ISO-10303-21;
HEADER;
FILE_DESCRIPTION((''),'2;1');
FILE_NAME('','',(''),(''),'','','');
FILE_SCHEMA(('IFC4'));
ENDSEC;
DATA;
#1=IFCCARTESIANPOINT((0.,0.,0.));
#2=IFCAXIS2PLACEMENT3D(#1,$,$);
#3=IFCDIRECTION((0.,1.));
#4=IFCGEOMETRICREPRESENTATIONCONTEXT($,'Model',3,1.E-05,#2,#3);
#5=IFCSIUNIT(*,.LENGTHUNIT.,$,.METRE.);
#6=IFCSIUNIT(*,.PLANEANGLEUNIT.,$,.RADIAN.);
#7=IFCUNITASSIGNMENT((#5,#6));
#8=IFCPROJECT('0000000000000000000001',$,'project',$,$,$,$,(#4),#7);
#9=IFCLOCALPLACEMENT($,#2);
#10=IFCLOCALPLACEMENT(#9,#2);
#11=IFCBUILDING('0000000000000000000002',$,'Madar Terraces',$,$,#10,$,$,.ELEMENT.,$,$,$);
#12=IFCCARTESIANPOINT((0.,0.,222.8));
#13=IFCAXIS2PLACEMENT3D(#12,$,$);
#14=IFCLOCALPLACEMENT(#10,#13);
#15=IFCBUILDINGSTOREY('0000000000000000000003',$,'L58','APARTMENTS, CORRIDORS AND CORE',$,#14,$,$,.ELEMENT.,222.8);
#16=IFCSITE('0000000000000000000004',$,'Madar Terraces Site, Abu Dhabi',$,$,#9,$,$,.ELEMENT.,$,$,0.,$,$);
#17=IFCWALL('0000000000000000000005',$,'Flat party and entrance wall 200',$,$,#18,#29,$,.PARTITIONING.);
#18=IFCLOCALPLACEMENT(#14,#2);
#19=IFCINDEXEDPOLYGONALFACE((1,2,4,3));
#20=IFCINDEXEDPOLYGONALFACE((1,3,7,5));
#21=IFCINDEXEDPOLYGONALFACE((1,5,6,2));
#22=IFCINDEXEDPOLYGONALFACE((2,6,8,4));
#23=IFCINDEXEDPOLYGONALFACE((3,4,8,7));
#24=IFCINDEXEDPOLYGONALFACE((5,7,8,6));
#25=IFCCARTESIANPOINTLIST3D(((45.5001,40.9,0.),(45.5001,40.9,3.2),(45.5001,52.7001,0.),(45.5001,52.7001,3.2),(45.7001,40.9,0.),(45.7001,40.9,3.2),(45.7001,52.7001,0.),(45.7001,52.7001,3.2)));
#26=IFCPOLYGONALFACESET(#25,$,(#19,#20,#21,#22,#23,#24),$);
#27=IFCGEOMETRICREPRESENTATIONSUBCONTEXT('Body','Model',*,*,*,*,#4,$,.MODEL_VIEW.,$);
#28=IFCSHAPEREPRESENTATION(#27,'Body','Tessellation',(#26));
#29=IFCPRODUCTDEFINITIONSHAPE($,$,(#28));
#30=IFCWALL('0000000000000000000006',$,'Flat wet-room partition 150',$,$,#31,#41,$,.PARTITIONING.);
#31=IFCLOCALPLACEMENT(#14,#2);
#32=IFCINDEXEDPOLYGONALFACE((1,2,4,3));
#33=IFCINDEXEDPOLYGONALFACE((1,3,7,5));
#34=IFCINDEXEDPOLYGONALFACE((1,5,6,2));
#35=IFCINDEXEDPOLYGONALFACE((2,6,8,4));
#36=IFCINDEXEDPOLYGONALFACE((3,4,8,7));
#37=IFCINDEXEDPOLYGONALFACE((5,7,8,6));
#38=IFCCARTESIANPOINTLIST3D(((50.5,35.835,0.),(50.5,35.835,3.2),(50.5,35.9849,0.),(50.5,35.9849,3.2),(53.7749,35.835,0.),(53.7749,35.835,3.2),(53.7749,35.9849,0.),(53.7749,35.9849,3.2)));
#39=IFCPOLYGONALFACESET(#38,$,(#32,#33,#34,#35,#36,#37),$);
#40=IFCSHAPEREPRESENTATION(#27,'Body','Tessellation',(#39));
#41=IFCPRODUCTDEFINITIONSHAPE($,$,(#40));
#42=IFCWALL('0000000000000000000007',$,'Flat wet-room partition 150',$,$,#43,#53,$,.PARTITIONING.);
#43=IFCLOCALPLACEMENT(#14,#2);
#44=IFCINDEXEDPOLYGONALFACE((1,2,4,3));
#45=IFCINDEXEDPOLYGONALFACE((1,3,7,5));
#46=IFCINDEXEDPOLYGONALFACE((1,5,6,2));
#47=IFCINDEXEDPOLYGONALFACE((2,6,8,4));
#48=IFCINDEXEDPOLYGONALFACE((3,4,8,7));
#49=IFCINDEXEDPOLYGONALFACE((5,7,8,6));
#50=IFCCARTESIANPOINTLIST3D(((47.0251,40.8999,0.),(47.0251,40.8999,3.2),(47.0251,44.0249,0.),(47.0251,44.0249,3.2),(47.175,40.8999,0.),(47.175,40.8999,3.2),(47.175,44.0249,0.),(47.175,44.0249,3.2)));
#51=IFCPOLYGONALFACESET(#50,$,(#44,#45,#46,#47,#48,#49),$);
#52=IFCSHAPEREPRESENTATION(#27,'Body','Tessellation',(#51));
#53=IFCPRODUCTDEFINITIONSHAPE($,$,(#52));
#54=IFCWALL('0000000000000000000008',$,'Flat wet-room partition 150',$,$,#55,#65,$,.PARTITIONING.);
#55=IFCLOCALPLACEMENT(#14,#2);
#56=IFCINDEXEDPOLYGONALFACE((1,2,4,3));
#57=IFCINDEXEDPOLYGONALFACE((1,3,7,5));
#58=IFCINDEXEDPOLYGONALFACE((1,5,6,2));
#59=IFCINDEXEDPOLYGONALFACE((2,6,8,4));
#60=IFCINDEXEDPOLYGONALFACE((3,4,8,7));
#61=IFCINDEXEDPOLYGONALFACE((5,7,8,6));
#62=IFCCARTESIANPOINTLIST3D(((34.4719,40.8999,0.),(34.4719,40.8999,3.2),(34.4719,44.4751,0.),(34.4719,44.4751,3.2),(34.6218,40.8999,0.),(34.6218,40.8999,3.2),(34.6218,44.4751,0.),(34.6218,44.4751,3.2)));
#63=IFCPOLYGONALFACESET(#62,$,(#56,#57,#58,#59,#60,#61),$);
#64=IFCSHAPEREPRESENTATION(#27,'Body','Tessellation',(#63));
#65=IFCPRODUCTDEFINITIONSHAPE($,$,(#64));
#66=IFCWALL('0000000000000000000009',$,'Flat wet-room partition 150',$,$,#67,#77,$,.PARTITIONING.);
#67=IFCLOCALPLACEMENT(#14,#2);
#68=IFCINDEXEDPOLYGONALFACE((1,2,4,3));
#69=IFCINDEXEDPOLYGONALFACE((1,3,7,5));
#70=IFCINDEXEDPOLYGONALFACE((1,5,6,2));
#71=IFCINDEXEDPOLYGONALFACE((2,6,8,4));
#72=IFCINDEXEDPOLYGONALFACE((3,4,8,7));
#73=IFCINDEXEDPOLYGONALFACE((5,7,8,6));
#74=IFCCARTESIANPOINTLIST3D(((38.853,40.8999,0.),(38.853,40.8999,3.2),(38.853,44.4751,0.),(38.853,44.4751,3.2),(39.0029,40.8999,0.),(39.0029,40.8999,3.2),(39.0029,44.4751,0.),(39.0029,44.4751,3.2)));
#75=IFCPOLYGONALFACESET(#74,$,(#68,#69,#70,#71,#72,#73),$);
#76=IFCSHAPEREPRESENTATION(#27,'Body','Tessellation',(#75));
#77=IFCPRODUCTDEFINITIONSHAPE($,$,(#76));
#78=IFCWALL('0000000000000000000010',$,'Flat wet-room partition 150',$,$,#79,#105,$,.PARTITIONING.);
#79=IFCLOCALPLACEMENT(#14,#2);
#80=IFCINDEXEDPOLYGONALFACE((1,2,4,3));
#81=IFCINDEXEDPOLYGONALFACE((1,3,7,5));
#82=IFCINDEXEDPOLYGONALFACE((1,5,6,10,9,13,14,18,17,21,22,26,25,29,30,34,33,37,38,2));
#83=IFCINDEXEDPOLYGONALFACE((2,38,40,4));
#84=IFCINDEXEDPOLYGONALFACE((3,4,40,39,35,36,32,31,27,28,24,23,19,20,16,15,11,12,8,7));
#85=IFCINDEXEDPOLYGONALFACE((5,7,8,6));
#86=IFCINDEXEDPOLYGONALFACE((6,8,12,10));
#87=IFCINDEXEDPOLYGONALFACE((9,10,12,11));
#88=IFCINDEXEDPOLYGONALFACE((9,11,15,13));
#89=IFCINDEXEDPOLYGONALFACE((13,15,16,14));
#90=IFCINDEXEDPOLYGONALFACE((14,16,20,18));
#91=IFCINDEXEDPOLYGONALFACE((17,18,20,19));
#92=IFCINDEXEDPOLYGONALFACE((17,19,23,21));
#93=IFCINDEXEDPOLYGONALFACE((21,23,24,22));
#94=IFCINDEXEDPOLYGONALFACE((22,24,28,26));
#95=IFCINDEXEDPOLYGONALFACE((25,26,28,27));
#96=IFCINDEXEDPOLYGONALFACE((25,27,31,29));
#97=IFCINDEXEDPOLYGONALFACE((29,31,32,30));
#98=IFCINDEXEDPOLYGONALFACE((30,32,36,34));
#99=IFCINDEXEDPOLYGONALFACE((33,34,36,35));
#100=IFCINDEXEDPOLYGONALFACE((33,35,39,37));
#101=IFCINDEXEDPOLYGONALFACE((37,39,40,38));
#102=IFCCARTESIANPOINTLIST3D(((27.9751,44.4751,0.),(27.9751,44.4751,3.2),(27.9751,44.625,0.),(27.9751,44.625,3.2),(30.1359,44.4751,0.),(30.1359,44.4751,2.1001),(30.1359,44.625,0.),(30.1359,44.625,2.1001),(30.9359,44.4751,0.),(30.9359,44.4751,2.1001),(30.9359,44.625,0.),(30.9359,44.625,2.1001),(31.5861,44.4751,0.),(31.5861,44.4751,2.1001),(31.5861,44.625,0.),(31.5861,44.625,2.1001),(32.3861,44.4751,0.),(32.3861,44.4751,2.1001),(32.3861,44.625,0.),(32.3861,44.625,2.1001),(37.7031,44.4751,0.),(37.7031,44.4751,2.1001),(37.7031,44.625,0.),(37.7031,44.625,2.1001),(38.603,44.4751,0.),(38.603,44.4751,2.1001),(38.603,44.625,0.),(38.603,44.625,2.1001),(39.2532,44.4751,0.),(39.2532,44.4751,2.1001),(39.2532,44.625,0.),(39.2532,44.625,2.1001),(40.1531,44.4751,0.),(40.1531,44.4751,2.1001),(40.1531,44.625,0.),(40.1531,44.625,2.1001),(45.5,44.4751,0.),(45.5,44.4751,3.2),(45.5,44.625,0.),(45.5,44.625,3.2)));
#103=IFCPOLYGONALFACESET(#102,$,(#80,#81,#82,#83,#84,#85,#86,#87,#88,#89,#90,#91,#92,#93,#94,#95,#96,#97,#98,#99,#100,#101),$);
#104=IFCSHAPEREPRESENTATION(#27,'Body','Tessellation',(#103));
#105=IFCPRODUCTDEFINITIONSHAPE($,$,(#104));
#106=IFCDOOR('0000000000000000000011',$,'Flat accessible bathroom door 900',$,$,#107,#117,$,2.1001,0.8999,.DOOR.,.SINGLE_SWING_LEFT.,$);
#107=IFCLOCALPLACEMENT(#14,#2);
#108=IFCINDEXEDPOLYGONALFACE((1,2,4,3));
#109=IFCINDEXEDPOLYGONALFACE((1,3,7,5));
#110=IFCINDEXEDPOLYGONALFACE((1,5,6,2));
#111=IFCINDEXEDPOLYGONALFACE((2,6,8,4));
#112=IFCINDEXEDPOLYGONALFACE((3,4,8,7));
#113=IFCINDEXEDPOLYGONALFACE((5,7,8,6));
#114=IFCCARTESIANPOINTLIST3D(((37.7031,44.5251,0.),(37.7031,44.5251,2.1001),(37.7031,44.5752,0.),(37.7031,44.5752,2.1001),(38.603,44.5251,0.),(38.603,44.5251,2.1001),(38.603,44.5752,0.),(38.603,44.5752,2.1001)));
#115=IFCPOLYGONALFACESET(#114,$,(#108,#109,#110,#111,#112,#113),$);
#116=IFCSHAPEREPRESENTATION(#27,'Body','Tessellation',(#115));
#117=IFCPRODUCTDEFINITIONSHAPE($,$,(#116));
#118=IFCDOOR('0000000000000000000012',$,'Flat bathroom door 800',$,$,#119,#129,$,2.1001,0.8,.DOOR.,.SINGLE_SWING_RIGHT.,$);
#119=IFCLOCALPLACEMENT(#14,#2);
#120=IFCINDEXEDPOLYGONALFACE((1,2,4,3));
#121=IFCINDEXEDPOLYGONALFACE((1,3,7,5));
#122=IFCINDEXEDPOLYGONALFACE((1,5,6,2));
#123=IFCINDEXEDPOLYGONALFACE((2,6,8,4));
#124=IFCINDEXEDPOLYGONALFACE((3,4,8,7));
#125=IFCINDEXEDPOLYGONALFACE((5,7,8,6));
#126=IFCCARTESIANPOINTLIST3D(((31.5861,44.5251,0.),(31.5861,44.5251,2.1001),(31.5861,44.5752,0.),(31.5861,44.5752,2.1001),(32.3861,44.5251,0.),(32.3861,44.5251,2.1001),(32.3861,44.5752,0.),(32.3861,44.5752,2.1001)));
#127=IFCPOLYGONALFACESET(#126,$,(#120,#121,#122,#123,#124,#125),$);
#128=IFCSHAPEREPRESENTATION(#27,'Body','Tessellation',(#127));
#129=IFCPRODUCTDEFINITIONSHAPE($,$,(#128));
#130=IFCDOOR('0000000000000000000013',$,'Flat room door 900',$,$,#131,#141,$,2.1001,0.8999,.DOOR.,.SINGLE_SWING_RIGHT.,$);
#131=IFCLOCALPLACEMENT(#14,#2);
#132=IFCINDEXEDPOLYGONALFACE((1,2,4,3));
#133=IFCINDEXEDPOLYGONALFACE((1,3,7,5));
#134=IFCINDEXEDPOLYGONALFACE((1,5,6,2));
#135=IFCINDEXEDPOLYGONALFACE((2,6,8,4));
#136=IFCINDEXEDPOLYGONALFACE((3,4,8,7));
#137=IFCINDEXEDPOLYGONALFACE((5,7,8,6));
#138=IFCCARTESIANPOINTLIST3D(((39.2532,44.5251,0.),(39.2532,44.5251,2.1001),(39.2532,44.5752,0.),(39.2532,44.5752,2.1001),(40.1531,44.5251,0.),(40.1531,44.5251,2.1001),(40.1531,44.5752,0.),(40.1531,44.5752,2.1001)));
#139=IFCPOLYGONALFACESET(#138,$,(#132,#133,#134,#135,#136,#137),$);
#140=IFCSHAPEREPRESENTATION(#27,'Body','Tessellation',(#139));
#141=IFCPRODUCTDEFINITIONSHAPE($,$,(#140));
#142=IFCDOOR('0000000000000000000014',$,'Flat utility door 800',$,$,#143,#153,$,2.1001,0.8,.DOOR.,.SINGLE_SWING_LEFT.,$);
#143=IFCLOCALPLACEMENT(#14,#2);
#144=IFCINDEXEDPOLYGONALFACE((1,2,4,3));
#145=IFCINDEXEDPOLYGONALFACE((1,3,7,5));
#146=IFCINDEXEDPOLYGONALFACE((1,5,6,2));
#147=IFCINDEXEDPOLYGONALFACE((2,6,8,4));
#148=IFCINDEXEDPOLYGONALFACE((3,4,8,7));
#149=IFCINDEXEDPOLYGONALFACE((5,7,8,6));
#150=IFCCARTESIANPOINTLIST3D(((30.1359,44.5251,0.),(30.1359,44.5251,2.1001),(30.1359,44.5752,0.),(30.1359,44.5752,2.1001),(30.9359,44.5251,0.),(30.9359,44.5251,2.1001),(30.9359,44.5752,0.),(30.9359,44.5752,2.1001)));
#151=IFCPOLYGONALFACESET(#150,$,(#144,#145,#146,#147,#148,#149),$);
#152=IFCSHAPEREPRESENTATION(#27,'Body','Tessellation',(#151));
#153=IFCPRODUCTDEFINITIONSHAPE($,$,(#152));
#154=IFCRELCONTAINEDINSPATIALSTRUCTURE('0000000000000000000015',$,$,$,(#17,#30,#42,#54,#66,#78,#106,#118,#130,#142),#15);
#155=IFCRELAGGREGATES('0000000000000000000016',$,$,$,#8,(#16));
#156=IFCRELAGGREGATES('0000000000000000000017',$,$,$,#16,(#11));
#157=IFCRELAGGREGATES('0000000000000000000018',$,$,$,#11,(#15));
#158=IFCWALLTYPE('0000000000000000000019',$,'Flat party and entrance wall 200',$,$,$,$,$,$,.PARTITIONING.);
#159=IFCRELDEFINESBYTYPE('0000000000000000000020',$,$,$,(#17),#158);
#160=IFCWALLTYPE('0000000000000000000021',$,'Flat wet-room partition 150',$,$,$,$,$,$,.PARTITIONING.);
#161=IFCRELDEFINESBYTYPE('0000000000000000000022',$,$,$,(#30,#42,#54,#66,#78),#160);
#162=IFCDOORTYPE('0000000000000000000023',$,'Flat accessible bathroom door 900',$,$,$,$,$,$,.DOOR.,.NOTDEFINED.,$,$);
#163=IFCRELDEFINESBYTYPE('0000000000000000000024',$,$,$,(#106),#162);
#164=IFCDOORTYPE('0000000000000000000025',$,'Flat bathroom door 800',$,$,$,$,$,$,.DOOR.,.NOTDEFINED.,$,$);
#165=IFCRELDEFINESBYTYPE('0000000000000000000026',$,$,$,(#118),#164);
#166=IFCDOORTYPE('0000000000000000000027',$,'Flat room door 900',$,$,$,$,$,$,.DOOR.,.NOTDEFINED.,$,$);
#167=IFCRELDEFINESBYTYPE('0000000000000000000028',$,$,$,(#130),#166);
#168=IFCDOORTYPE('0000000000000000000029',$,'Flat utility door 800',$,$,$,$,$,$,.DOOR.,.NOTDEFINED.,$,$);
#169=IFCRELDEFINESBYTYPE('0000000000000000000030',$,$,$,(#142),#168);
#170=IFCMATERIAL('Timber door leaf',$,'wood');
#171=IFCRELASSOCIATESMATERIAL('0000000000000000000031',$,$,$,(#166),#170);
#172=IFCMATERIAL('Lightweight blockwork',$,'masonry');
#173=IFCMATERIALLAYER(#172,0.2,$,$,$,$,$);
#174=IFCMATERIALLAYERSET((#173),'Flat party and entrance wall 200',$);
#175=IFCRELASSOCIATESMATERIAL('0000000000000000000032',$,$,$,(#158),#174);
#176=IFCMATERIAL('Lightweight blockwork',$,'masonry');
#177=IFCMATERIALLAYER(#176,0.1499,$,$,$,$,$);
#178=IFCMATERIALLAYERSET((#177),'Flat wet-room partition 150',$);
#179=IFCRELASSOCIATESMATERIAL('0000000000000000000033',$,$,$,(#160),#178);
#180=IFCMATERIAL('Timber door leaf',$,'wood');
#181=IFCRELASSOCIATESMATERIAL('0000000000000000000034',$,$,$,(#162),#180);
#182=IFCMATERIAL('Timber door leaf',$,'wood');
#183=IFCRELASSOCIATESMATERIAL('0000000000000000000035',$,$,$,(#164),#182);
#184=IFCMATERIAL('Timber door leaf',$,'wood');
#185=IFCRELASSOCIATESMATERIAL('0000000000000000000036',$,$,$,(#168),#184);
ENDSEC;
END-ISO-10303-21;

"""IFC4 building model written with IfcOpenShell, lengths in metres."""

from ifc_helpers import new_model, si_unit, direction, frame, frame_2d, origin, place, context, subcontext, project, spatial, rectangle, extrude, material, layer, layer_set, type_object, element, fill, save


model = new_model("IFC4")

# Units and contexts
model_context = context("Model", 3, precision=1e-05, world=origin(), true_north=direction((0.0, 1.0)))
body_context = subcontext(model_context, "Body", "Model", "MODEL_VIEW")
ifc_project = project(units=[si_unit("LENGTHUNIT", "METRE"), si_unit("PLANEANGLEUNIT", "RADIAN")], contexts=[model_context])

# Site, building, storey
site_placement = place(None, origin())
site = spatial("IfcSite", under=ifc_project, at=site_placement, Name="Madar Terraces Site, Abu Dhabi", CompositionType="ELEMENT", RefElevation=0.0)
building_placement = place(site_placement, origin())
building = spatial("IfcBuilding", under=site, at=building_placement, Name="Madar Terraces", CompositionType="ELEMENT")
storey_placement = place(building_placement, frame((0.0, 0.0, 222.8)))
storey = spatial("IfcBuildingStorey", under=building, at=storey_placement, Name="L58", Description="APARTMENTS, CORRIDORS AND CORE", CompositionType="ELEMENT", Elevation=222.8)

# Shared definitions
ifc_material_1 = material(Name="Timber door leaf", Category="wood")
door_type_1 = type_object("IfcDoorType", Name="Flat room door 900", OperationType="NOTDEFINED", PredefinedType="DOOR", material=ifc_material_1)

# Shared definitions
ifc_material_2 = material(Name="Lightweight blockwork", Category="masonry")
ifc_layer_1 = layer(ifc_material_2, 0.2)
ifc_layer_set_1 = layer_set([ifc_layer_1], Name="Flat party and entrance wall 200")
wall_type_1 = type_object("IfcWallType", Name="Flat party and entrance wall 200", PredefinedType="PARTITIONING", material=ifc_layer_set_1)

# Walls
wall_1_placement = place(storey_placement, frame((45.6001, 52.7, 0.0), z_axis=(0.0, 0.0, 1.0), x_axis=(0.0, -1.0, 0.0)))
element("IfcWall", 1, at=wall_1_placement, inside=storey, type_object=wall_type_1, Name="Flat party and entrance wall 200", PredefinedType="PARTITIONING", context=body_context, shape_type="SweptSolid", body=[
    extrude(rectangle(XDim=11.8, YDim=0.2, at=frame_2d((5.8999, 0.0))), origin(), (0.0, 0.0, 1.0), 3.2),
])
ifc_material_3 = material(Name="Lightweight blockwork", Category="masonry")
ifc_layer_2 = layer(ifc_material_3, 0.1499)
ifc_layer_set_2 = layer_set([ifc_layer_2], Name="Flat wet-room partition 150")
wall_type_2 = type_object("IfcWallType", Name="Flat wet-room partition 150", PredefinedType="PARTITIONING", material=ifc_layer_set_2)
wall_2_placement = place(storey_placement, frame((50.5, 35.9099, 0.0), z_axis=(0.0, 0.0, 1.0), x_axis=(1.0, 0.0, 0.0)))
element("IfcWall", 2, at=wall_2_placement, inside=storey, type_object=wall_type_2, Name="Flat wet-room partition 150", PredefinedType="PARTITIONING", context=body_context, shape_type="SweptSolid", body=[
    extrude(rectangle(XDim=3.2749, YDim=0.1499, at=frame_2d((1.6375, 0.0))), origin(), (0.0, 0.0, 1.0), 3.2),
])
wall_3_placement = place(storey_placement, frame((47.1001, 40.8999, 0.0), z_axis=(0.0, 0.0, 1.0), x_axis=(0.0, 1.0, 0.0)))
element("IfcWall", 3, at=wall_3_placement, inside=storey, type_object=wall_type_2, Name="Flat wet-room partition 150", PredefinedType="PARTITIONING", context=body_context, shape_type="SweptSolid", body=[
    extrude(rectangle(XDim=3.125, YDim=0.1499, at=frame_2d((1.5625, 0.0))), origin(), (0.0, 0.0, 1.0), 3.2),
])
for number, where, z_axis, x_axis, name in (
    (4, (34.5469, 40.8999, 0.0), (0.0, 0.0, 1.0), (0.0, 1.0, 0.0), "Flat wet-room partition 150"),
    (5, (38.928, 40.8999, 0.0), (0.0, 0.0, 1.0), (0.0, 1.0, 0.0), "Flat wet-room partition 150"),
):
    element("IfcWall", number, at=place(storey_placement, frame(where, z_axis=z_axis, x_axis=x_axis)), inside=storey, type_object=wall_type_2, Name=name, PredefinedType="PARTITIONING", context=body_context, shape_type="SweptSolid", body=[
        extrude(rectangle(XDim=3.5752, YDim=0.1499, at=frame_2d((1.7876, 0.0))), origin(), (0.0, 0.0, 1.0), 3.2),
    ])

# Wall, openings, doors
wall_4_placement = place(storey_placement, frame((45.5, 44.55, 0.0), z_axis=(0.0, 0.0, 1.0), x_axis=(-1.0, 0.0, 0.0)))
wall_4 = element("IfcWall", 6, at=wall_4_placement, inside=storey, type_object=wall_type_2, Name="Flat wet-room partition 150", PredefinedType="PARTITIONING", context=body_context, shape_type="SweptSolid", body=[
    extrude(rectangle(XDim=17.5249, YDim=0.1499, at=frame_2d((8.7625, 0.0))), origin(), (0.0, 0.0, 1.0), 3.2),
])
opening_1_placement = place(wall_4_placement, frame((14.5642, 0.0, 0.0)))
opening_1 = element("IfcOpeningElement", 7, at=opening_1_placement, cuts=wall_4, PredefinedType="OPENING", context=body_context, shape_type="SweptSolid", body=[
    extrude(rectangle(XDim=0.8, YDim=2.1001, at=frame_2d((0.3999, 1.05))), frame((0.0, 0.085, 0.0), z_axis=(0.0, -1.0, 0.0), x_axis=(1.0, 0.0, 0.0)), (0.0, 0.0, 1.0), 0.1699),
])
opening_2_placement = place(wall_4_placement, frame((13.114, 0.0, 0.0)))
opening_2 = element("IfcOpeningElement", 8, at=opening_2_placement, cuts=wall_4, PredefinedType="OPENING", context=body_context, shape_type="SweptSolid", body=[
    extrude(rectangle(XDim=0.8, YDim=2.1001, at=frame_2d((0.3999, 1.05))), frame((0.0, 0.085, 0.0), z_axis=(0.0, -1.0, 0.0), x_axis=(1.0, 0.0, 0.0)), (0.0, 0.0, 1.0), 0.1699),
])
opening_3_placement = place(wall_4_placement, frame((6.897, 0.0, 0.0)))
opening_3 = element("IfcOpeningElement", 9, at=opening_3_placement, cuts=wall_4, PredefinedType="OPENING", context=body_context, shape_type="SweptSolid", body=[
    extrude(rectangle(XDim=0.8999, YDim=2.1001, at=frame_2d((0.45, 1.05))), frame((0.0, 0.085, 0.0), z_axis=(0.0, -1.0, 0.0), x_axis=(1.0, 0.0, 0.0)), (0.0, 0.0, 1.0), 0.1699),
])
opening_4_placement = place(wall_4_placement, frame((5.3469, 0.0, 0.0)))
opening_4 = element("IfcOpeningElement", 10, at=opening_4_placement, cuts=wall_4, PredefinedType="OPENING", context=body_context, shape_type="SweptSolid", body=[
    extrude(rectangle(XDim=0.8999, YDim=2.1001, at=frame_2d((0.45, 1.05))), frame((0.0, 0.085, 0.0), z_axis=(0.0, -1.0, 0.0), x_axis=(1.0, 0.0, 0.0)), (0.0, 0.0, 1.0), 0.1699),
])
ifc_material_4 = material(Name="Timber door leaf", Category="wood")
door_type_2 = type_object("IfcDoorType", Name="Flat accessible bathroom door 900", OperationType="NOTDEFINED", PredefinedType="DOOR", material=ifc_material_4)
door_1_placement = place(opening_3_placement, origin())
door_1 = element("IfcDoor", 11, at=door_1_placement, inside=storey, type_object=door_type_2, Name="Flat accessible bathroom door 900", OperationType="SINGLE_SWING_LEFT", OverallHeight=2.1001, OverallWidth=0.8999, PredefinedType="DOOR", context=body_context, shape_type="SweptSolid", body=[
    extrude(rectangle(XDim=0.8999, YDim=2.1001, at=frame_2d((0.45, 1.05))), frame((0.0, 0.0249, 0.0), z_axis=(0.0, -1.0, 0.0), x_axis=(1.0, 0.0, 0.0)), (0.0, 0.0, 1.0), 0.05),
])
fill(opening_3, door_1)
ifc_material_5 = material(Name="Timber door leaf", Category="wood")
door_type_3 = type_object("IfcDoorType", Name="Flat bathroom door 800", OperationType="NOTDEFINED", PredefinedType="DOOR", material=ifc_material_5)
door_2_placement = place(opening_2_placement, origin())
door_2 = element("IfcDoor", 12, at=door_2_placement, inside=storey, type_object=door_type_3, Name="Flat bathroom door 800", OperationType="SINGLE_SWING_RIGHT", OverallHeight=2.1001, OverallWidth=0.8, PredefinedType="DOOR", context=body_context, shape_type="SweptSolid", body=[
    extrude(rectangle(XDim=0.8, YDim=2.1001, at=frame_2d((0.3999, 1.05))), frame((0.0, 0.0249, 0.0), z_axis=(0.0, -1.0, 0.0), x_axis=(1.0, 0.0, 0.0)), (0.0, 0.0, 1.0), 0.05),
])
fill(opening_2, door_2)
door_3_placement = place(opening_4_placement, origin())
door_3 = element("IfcDoor", 13, at=door_3_placement, inside=storey, type_object=door_type_1, Name="Flat room door 900", OperationType="SINGLE_SWING_RIGHT", OverallHeight=2.1001, OverallWidth=0.8999, PredefinedType="DOOR", context=body_context, shape_type="SweptSolid", body=[
    extrude(rectangle(XDim=0.8999, YDim=2.1001, at=frame_2d((0.45, 1.05))), frame((0.0, 0.0249, 0.0), z_axis=(0.0, -1.0, 0.0), x_axis=(1.0, 0.0, 0.0)), (0.0, 0.0, 1.0), 0.05),
])
fill(opening_4, door_3)
ifc_material_6 = material(Name="Timber door leaf", Category="wood")
door_type_4 = type_object("IfcDoorType", Name="Flat utility door 800", OperationType="NOTDEFINED", PredefinedType="DOOR", material=ifc_material_6)
door_4_placement = place(opening_1_placement, origin())
door_4 = element("IfcDoor", 14, at=door_4_placement, inside=storey, type_object=door_type_4, Name="Flat utility door 800", OperationType="SINGLE_SWING_LEFT", OverallHeight=2.1001, OverallWidth=0.8, PredefinedType="DOOR", context=body_context, shape_type="SweptSolid", body=[
    extrude(rectangle(XDim=0.8, YDim=2.1001, at=frame_2d((0.3999, 1.05))), frame((0.0, 0.0249, 0.0), z_axis=(0.0, -1.0, 0.0), x_axis=(1.0, 0.0, 0.0)), (0.0, 0.0, 1.0), 0.05),
])
fill(opening_1, door_4)

save(model, "model.ifc")
